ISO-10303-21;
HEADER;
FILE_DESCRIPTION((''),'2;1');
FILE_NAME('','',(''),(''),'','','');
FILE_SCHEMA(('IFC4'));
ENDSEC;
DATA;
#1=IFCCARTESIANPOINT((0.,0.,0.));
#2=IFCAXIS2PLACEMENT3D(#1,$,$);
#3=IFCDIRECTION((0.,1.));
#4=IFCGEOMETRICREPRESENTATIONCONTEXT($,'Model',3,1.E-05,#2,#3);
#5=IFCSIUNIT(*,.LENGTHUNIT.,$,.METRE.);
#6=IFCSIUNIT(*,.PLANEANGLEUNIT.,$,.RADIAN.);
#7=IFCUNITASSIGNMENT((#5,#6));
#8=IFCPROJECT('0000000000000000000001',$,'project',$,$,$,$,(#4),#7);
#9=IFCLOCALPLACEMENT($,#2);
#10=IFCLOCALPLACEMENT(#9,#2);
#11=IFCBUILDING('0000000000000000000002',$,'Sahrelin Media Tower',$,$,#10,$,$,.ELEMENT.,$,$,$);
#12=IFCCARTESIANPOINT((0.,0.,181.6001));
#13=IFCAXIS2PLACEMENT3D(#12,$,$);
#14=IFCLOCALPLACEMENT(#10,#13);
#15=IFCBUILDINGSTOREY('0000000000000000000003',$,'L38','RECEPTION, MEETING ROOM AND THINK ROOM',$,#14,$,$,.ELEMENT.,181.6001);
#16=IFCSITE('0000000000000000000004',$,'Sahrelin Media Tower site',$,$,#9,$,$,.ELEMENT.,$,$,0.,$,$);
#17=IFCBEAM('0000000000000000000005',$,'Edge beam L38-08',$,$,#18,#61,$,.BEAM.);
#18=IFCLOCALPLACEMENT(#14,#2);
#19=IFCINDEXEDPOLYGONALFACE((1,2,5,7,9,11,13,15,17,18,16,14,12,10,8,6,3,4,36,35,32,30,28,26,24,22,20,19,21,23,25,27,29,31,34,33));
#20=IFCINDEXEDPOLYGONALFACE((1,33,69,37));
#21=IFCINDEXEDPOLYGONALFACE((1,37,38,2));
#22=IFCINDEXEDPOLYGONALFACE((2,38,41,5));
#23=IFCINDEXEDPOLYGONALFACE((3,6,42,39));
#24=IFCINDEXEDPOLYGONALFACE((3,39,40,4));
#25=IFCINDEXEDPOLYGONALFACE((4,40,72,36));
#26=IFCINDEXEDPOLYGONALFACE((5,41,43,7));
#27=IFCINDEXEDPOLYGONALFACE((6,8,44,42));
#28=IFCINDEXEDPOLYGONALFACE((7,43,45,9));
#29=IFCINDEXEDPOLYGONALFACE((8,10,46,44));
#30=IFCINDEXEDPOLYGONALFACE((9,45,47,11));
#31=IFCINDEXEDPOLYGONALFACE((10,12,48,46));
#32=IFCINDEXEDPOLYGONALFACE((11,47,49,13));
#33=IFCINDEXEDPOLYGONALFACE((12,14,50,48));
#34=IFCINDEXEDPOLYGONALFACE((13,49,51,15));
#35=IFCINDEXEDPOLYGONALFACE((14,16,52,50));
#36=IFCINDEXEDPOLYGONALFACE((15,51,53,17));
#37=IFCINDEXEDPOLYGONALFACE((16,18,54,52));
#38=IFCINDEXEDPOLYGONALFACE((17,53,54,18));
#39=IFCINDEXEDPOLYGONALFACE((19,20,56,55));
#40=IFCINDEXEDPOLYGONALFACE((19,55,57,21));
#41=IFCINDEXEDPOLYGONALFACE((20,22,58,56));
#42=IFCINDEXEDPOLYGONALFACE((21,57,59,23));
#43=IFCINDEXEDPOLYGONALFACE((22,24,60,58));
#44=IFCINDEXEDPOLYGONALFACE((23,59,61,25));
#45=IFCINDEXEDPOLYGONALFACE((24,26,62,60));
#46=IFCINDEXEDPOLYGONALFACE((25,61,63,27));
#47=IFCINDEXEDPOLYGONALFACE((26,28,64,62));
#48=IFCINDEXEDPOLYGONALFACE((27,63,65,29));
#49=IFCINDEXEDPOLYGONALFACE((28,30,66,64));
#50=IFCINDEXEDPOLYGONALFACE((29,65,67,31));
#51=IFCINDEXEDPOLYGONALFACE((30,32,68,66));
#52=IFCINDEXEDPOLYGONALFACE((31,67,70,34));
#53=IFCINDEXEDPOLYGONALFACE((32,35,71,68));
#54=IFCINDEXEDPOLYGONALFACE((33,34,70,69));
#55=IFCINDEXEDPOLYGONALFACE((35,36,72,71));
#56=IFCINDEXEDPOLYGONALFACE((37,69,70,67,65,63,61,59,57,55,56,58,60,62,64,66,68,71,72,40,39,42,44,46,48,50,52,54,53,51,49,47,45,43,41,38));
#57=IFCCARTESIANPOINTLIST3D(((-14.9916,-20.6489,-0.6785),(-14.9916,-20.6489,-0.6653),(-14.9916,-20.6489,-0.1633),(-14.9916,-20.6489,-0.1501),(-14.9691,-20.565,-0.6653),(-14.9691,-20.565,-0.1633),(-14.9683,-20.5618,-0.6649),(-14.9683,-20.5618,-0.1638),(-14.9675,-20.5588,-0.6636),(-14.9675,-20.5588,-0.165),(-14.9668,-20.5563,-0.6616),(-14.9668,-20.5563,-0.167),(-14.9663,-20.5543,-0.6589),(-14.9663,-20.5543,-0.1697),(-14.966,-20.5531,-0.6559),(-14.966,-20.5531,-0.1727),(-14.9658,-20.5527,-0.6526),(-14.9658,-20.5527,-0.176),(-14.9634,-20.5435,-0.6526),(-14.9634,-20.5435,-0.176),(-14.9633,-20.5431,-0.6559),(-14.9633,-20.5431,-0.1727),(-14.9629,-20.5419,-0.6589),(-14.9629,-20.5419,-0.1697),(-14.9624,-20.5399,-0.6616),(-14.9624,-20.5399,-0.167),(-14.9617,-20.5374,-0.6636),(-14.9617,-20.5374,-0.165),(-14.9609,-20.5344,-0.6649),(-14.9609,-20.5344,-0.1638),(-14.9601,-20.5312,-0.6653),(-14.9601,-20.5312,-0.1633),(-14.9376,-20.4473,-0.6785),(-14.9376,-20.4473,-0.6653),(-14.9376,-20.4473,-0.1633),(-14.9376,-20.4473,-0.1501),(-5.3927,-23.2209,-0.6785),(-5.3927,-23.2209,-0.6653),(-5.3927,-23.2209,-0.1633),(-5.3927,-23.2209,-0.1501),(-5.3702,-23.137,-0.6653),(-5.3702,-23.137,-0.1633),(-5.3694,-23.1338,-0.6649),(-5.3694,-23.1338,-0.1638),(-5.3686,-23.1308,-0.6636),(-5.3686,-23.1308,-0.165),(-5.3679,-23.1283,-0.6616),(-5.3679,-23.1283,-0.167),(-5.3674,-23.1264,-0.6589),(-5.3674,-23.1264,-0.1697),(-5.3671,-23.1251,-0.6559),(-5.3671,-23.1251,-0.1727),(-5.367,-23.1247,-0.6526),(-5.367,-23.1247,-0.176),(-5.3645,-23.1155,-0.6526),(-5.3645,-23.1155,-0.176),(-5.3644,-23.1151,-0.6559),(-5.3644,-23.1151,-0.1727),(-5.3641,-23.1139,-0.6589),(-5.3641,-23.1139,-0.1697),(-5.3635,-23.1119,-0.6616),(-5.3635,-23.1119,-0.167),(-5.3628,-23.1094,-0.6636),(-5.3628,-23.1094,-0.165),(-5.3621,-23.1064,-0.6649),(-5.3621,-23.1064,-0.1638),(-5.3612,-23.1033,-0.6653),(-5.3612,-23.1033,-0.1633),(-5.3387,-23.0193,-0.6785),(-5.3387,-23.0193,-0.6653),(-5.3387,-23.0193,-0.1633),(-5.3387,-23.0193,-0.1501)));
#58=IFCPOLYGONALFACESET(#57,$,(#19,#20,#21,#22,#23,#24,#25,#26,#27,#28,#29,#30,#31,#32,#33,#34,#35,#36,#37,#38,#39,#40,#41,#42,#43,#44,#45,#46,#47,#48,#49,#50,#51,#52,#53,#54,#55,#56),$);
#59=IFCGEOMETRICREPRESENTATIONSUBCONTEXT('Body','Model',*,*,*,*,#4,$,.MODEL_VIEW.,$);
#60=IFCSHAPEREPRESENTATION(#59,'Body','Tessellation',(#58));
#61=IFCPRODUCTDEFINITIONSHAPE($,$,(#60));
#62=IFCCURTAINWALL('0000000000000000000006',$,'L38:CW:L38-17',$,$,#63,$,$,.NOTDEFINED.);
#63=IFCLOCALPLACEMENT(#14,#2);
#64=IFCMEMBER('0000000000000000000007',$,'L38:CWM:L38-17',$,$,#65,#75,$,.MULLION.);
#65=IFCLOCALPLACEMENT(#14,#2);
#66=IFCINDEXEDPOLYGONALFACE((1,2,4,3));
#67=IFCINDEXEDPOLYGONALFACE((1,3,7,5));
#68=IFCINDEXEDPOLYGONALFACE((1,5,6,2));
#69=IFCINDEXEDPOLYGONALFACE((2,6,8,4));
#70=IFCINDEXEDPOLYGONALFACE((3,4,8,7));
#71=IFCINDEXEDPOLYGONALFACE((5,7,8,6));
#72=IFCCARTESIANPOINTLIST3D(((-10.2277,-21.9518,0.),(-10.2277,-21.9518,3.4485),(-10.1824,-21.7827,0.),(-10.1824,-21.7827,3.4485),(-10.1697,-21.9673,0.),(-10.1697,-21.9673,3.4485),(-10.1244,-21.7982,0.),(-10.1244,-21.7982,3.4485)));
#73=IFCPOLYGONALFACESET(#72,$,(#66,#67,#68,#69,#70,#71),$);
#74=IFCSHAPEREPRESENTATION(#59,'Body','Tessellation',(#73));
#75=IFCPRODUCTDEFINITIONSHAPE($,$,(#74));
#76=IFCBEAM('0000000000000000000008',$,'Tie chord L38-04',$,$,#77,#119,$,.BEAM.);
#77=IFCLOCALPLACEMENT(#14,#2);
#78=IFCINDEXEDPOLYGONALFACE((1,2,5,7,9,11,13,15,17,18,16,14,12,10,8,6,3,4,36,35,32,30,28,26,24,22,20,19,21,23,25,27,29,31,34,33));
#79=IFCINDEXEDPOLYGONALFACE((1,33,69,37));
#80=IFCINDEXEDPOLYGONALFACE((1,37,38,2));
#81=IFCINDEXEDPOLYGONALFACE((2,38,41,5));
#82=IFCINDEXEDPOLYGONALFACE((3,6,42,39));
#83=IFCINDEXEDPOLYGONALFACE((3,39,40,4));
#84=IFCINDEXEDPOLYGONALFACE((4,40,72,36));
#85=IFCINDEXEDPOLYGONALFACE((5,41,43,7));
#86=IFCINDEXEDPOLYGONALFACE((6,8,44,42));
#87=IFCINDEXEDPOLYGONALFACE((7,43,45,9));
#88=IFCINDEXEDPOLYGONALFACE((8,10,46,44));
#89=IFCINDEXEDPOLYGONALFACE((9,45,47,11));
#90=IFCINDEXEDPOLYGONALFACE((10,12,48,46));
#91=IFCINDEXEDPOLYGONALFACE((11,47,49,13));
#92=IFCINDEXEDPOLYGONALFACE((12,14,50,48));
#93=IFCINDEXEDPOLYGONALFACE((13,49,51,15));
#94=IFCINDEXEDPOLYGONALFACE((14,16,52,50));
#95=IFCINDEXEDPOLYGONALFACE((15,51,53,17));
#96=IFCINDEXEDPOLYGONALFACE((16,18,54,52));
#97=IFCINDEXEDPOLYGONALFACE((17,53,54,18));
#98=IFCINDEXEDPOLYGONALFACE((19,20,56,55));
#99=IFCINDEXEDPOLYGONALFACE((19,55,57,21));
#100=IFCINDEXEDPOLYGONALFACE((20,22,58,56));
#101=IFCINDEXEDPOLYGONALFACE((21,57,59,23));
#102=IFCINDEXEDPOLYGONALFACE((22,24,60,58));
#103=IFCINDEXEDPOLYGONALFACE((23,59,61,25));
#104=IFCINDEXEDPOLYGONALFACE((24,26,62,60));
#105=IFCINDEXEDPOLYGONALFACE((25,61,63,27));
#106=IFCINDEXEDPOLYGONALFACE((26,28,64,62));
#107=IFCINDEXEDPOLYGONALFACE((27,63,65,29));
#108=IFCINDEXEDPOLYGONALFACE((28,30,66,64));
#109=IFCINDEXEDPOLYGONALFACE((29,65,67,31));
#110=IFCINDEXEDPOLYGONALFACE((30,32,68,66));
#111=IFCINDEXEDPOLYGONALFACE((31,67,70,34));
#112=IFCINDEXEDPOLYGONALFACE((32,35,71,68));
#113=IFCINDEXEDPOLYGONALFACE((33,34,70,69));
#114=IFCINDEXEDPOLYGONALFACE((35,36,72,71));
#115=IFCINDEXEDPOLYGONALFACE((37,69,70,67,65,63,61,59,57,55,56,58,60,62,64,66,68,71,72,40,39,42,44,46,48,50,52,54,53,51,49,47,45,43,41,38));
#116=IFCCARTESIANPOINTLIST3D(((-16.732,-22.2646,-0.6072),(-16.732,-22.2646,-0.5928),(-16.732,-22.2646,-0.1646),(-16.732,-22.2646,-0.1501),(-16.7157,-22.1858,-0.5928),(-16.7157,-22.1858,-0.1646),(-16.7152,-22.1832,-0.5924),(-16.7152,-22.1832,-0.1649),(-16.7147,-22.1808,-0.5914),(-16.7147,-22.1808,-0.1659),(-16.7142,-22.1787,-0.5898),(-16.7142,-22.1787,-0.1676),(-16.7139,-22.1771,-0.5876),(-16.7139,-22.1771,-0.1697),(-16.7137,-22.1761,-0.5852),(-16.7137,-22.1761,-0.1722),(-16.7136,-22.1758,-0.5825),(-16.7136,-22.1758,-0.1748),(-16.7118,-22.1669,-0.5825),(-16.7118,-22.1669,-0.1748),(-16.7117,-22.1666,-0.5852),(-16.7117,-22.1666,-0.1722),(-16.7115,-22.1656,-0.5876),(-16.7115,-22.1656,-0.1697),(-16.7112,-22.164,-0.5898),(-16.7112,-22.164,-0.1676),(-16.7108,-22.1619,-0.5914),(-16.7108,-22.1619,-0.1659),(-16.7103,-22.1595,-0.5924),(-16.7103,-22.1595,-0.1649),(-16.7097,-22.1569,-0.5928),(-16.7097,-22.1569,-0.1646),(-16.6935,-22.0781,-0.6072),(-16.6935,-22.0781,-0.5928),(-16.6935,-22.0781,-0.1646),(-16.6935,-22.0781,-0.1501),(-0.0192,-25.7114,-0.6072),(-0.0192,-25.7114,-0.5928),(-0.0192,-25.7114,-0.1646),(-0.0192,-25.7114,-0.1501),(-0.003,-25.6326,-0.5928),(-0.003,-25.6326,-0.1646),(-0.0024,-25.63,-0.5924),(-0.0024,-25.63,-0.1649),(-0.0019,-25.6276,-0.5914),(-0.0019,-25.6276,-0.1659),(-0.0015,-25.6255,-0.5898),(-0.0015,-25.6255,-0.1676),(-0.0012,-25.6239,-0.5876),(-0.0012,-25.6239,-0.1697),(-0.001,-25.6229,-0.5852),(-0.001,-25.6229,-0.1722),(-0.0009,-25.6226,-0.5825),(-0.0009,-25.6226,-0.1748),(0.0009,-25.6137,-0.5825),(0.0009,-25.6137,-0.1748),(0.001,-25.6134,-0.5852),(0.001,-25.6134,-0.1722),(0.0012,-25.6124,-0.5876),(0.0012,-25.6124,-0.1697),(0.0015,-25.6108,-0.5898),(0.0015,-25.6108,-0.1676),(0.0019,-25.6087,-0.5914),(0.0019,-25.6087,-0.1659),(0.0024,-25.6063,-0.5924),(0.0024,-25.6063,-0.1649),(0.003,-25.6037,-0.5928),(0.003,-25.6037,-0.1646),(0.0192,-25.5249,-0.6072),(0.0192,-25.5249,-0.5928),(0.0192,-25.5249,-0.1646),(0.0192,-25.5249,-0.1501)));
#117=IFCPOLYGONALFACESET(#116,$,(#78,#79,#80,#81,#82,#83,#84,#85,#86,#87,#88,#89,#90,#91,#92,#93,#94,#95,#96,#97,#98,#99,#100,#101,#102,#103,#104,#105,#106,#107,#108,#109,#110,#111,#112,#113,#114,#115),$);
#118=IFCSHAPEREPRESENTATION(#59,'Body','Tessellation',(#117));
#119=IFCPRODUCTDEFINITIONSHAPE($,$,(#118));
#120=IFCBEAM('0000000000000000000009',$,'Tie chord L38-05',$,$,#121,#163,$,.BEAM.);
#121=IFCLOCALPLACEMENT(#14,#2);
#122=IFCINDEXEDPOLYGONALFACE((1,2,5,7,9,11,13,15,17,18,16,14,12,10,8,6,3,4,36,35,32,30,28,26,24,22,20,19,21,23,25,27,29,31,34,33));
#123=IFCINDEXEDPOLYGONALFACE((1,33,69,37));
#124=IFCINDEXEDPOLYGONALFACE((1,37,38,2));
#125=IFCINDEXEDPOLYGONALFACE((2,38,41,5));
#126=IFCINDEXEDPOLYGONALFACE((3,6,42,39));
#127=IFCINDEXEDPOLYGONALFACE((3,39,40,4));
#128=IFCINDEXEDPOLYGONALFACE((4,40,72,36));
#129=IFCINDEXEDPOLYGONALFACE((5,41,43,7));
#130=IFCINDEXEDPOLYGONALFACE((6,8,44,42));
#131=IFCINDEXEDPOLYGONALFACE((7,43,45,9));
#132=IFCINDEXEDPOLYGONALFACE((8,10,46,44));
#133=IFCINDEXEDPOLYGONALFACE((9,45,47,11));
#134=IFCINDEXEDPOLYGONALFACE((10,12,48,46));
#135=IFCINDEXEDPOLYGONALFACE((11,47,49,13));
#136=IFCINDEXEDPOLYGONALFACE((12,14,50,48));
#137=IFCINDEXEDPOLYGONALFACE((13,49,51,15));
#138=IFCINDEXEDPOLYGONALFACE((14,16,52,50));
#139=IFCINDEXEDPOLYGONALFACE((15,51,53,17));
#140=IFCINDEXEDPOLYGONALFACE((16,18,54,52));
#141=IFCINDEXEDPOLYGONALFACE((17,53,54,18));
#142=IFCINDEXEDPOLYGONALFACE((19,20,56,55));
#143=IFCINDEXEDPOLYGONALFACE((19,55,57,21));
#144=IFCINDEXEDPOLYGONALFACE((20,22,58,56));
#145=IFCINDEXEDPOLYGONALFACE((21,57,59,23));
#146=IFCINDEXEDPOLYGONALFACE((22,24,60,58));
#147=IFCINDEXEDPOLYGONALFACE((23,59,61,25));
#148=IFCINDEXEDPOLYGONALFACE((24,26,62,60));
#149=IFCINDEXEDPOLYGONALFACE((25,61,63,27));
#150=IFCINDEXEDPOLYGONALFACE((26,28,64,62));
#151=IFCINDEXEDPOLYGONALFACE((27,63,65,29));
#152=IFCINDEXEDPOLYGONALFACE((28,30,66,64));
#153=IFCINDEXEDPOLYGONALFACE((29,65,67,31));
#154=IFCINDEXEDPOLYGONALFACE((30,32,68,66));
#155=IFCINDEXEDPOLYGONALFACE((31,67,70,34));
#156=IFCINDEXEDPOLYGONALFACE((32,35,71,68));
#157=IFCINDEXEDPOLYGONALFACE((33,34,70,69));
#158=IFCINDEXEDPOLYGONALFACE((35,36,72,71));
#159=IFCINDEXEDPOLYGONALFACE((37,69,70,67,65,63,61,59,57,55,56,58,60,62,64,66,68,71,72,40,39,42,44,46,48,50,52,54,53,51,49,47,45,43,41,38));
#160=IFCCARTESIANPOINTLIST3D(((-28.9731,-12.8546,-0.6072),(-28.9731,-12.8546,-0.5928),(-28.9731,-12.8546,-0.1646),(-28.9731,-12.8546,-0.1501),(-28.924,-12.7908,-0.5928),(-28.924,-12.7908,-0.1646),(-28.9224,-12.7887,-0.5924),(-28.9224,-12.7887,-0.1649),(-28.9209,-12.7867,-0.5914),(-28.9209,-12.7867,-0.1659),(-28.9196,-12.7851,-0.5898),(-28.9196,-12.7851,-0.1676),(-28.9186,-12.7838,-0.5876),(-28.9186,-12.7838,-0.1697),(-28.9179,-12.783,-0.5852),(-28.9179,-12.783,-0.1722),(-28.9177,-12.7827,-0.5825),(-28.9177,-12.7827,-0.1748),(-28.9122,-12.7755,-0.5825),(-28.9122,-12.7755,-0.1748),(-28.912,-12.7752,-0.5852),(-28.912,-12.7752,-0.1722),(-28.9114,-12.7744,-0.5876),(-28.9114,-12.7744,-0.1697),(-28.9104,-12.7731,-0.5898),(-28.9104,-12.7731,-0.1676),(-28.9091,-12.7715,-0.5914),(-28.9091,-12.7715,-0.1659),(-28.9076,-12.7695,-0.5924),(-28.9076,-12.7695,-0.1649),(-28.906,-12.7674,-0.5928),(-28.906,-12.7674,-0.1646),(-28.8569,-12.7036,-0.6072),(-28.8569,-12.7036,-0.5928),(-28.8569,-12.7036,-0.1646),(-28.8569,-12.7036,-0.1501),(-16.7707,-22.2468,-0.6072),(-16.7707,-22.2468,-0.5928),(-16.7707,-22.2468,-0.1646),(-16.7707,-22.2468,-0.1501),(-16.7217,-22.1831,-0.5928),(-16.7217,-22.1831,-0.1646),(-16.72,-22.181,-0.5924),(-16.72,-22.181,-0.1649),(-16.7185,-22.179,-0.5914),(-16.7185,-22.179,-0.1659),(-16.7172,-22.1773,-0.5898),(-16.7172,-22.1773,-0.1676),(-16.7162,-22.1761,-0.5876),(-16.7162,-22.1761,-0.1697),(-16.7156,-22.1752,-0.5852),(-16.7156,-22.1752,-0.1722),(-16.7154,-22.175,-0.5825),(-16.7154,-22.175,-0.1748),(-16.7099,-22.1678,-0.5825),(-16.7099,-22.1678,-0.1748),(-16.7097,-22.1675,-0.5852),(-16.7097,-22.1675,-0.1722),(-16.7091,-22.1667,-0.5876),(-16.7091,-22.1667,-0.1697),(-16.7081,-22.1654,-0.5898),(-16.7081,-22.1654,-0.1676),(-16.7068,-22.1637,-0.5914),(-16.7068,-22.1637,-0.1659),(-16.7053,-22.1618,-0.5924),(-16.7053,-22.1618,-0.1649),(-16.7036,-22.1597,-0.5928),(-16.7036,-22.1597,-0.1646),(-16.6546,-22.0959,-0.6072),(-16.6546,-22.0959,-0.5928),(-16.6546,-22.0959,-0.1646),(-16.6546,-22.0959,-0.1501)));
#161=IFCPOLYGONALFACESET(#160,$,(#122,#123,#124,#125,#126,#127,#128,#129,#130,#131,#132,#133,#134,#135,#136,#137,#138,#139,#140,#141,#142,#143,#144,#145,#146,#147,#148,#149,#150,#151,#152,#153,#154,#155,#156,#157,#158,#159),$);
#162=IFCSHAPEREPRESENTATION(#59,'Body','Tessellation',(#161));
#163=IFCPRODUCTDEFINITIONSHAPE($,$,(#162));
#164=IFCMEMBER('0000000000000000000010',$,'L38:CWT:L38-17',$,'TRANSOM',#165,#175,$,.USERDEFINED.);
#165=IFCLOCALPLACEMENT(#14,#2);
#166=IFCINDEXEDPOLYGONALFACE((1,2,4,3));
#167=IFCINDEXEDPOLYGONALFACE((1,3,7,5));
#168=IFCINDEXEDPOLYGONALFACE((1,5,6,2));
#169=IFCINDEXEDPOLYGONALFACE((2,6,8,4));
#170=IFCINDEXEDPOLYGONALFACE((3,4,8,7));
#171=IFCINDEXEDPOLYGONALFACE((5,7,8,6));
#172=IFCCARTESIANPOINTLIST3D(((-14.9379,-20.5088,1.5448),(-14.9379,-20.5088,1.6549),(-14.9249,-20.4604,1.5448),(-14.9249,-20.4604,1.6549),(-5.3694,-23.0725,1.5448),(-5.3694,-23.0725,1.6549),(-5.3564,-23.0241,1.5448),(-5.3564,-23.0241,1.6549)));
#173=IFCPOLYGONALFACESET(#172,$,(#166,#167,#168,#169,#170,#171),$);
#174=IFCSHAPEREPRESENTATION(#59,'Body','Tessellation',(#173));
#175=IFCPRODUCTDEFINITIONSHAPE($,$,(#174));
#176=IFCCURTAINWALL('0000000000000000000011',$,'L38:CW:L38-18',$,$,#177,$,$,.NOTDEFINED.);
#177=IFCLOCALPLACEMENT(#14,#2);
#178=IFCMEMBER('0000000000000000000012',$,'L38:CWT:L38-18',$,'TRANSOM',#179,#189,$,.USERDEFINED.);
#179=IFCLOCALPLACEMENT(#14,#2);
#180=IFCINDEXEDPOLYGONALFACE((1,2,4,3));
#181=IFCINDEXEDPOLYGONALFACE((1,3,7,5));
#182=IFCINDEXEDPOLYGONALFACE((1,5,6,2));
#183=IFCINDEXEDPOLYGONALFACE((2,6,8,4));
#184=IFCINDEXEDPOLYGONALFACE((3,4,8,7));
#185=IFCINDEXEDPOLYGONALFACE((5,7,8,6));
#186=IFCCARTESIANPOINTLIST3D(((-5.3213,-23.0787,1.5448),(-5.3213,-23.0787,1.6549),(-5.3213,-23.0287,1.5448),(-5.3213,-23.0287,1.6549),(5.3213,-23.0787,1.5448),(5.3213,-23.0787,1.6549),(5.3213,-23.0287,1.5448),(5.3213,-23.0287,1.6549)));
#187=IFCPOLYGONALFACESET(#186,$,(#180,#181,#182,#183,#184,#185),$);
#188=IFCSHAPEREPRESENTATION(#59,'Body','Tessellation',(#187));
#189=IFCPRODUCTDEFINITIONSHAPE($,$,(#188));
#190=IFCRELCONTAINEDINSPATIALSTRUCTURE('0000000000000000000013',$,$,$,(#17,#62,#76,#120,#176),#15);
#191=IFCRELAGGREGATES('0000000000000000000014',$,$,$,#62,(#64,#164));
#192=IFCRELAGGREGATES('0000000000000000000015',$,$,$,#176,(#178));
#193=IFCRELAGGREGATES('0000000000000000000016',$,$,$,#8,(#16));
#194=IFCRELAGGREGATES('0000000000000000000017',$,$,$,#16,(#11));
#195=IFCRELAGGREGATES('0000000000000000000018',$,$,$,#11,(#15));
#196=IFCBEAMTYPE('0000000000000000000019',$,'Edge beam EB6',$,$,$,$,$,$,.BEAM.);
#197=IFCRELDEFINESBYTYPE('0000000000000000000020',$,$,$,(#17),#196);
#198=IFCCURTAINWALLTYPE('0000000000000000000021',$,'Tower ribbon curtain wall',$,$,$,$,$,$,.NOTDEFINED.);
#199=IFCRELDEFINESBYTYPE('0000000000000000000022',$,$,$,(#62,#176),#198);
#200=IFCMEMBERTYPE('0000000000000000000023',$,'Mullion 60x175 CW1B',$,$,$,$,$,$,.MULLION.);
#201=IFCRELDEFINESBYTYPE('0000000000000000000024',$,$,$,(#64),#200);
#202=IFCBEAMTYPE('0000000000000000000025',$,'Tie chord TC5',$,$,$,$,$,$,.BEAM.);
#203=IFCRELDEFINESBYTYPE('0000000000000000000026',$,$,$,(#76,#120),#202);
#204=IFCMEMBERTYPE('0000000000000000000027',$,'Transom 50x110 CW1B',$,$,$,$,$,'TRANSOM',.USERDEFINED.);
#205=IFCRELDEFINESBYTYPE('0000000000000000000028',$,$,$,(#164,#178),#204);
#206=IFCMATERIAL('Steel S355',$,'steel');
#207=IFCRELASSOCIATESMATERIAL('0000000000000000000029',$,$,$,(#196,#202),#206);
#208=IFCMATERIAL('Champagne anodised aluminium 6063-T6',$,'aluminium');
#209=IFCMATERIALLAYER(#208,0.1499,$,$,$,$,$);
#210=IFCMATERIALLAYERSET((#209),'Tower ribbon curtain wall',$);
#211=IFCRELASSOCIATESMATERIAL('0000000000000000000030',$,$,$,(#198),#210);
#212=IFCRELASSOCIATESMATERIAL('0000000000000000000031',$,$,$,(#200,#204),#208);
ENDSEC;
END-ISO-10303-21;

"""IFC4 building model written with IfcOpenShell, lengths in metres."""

from ifc_helpers import new_model, si_unit, direction, frame, origin, origin_2d, place, context, subcontext, project, spatial, rectangle, i_section, extrude, material, layer, layer_set, material_profile, profile_set, type_object, element, aggregate, save


model = new_model("IFC4")

# Units and contexts
model_context = context("Model", 3, precision=1e-05, world=origin(), true_north=direction((0.0, 1.0)))
body_context = subcontext(model_context, "Body", "Model", "MODEL_VIEW")
ifc_project = project(units=[si_unit("LENGTHUNIT", "METRE"), si_unit("PLANEANGLEUNIT", "RADIAN")], contexts=[model_context])

# Site, building, storey
site_placement = place(None, origin())
site = spatial("IfcSite", under=ifc_project, at=site_placement, Name="Sahrelin Media Tower site", CompositionType="ELEMENT", RefElevation=0.0)
building_placement = place(site_placement, origin())
building = spatial("IfcBuilding", under=site, at=building_placement, Name="Sahrelin Media Tower", CompositionType="ELEMENT")
storey_placement = place(building_placement, frame((0.0, 0.0, 181.6001)))
storey = spatial("IfcBuildingStorey", under=building, at=storey_placement, Name="L38", Description="RECEPTION, MEETING ROOM AND THINK ROOM", CompositionType="ELEMENT", Elevation=181.6001)

# Beam
ifc_material_1 = material(Name="Steel S355", Category="steel")
ifc_material_profile_1 = material_profile(ifc_material_1, i_section(OverallWidth=0.2087, OverallDepth=0.5283, WebThickness=0.0095, FlangeThickness=0.0132, FilletRadius=0.0127, at=origin_2d()), Name="UB 533x210x82")
ifc_profile_set_1 = profile_set([ifc_material_profile_1], Name="Steel S355")
beam_type_1 = type_object("IfcBeamType", Name="Edge beam EB6", PredefinedType="BEAM", material=ifc_profile_set_1)
beam_1_placement = place(storey_placement, frame((-5.3657, -23.1201, -0.4143), z_axis=(-0.965926, 0.25882, 0.0), x_axis=(-0.25882, -0.965926, 0.0)))
element("IfcBeam", 1, at=beam_1_placement, inside=storey, type_object=beam_type_1, Name="Edge beam L38-08", PredefinedType="BEAM", context=body_context, shape_type="SweptSolid", body=[
    extrude(i_section(OverallWidth=0.2087, OverallDepth=0.5283, WebThickness=0.0095, FlangeThickness=0.0132, FilletRadius=0.0127, at=origin_2d()), origin(), (0.0, 0.0, 1.0), 9.9375),
])

# Curtain wall, member
ifc_material_2 = material(Name="Champagne anodised aluminium 6063-T6", Category="aluminium")
ifc_layer_1 = layer(ifc_material_2, 0.1499)
ifc_layer_set_1 = layer_set([ifc_layer_1], Name="Tower ribbon curtain wall")
curtain_wall_type = type_object("IfcCurtainWallType", Name="Tower ribbon curtain wall", PredefinedType="NOTDEFINED", material=ifc_layer_set_1)
curtain_wall_1_placement = place(storey_placement, frame((-10.2039, -21.979, 0.0), z_axis=(0.0, 0.0, 1.0), x_axis=(1.0, 0.0, 0.0)))
curtain_wall_1 = element("IfcCurtainWall", 2, at=curtain_wall_1_placement, inside=storey, type_object=curtain_wall_type, Name="L38:CW:L38-17", PredefinedType="NOTDEFINED")
ifc_material_profile_2 = material_profile(ifc_material_2, rectangle(XDim=0.0601, YDim=0.175, at=origin_2d()), Name="Mullion 60x175")
ifc_profile_set_2 = profile_set([ifc_material_profile_2], Name="Champagne anodised aluminium 6063-T6")
member_type_1 = type_object("IfcMemberType", Name="Mullion 60x175 CW1B", PredefinedType="MULLION", material=ifc_profile_set_2)
member_1_placement = place(storey_placement, frame((-10.176, -21.875, 0.0), z_axis=(0.0, 0.0, 1.0), x_axis=(0.965927, -0.258814, 0.0)))
member_1 = element("IfcMember", 3, at=member_1_placement, type_object=member_type_1, Name="L38:CWM:L38-17", PredefinedType="MULLION", context=body_context, shape_type="SweptSolid", body=[
    extrude(rectangle(XDim=0.0601, YDim=0.175, at=origin_2d()), origin(), (0.0, 0.0, 1.0), 3.4485),
])

# Beams
ifc_material_profile_3 = material_profile(ifc_material_1, i_section(OverallWidth=0.1904, OverallDepth=0.457, WebThickness=0.009, FlangeThickness=0.0144, FilletRadius=0.0103, at=origin_2d()), Name="UB 457x191x74")
ifc_profile_set_3 = profile_set([ifc_material_profile_3], Name="Steel S355")
beam_type_2 = type_object("IfcBeamType", Name="Tie chord TC5", PredefinedType="BEAM", material=ifc_profile_set_3)
beam_2_placement = place(storey_placement, frame((0.0, -25.6182, -0.3787), z_axis=(-0.979388, 0.201987, 0.0), x_axis=(-0.201987, -0.979388, 0.0)))
element("IfcBeam", 4, at=beam_2_placement, inside=storey, type_object=beam_type_2, Name="Tie chord L38-04", PredefinedType="BEAM", context=body_context, shape_type="SweptSolid", body=[
    extrude(i_section(OverallWidth=0.1904, OverallDepth=0.457, WebThickness=0.009, FlangeThickness=0.0144, FilletRadius=0.0103, at=origin_2d()), origin(), (0.0, 0.0, 1.0), 17.0645),
])
beam_3_placement = place(storey_placement, frame((-16.7126, -22.1714, -0.3787), z_axis=(-0.792439, 0.609951, 0.0), x_axis=(-0.609951, -0.792439, 0.0)))
element("IfcBeam", 5, at=beam_3_placement, inside=storey, type_object=beam_type_2, Name="Tie chord L38-05", PredefinedType="BEAM", context=body_context, shape_type="SweptSolid", body=[
    extrude(i_section(OverallWidth=0.1904, OverallDepth=0.457, WebThickness=0.009, FlangeThickness=0.0144, FilletRadius=0.0103, at=origin_2d()), origin(), (0.0, 0.0, 1.0), 15.3984),
])

# Member
ifc_material_profile_4 = material_profile(ifc_material_2, rectangle(XDim=0.05, YDim=0.1101, at=origin_2d()), Name="Transom 50x110")
ifc_profile_set_4 = profile_set([ifc_material_profile_4], Name="Champagne anodised aluminium 6063-T6")
member_type_2 = type_object("IfcMemberType", Name="Transom 50x110 CW1B", ElementType="TRANSOM", PredefinedType="USERDEFINED", material=ifc_profile_set_4)
member_2_placement = place(storey_placement, frame((-14.9314, -20.4846, 1.5999), z_axis=(0.96593, -0.258802, 0.0), x_axis=(0.258802, 0.96593, 0.0)))
member_2 = element("IfcMember", 6, at=member_2_placement, type_object=member_type_2, Name="L38:CWT:L38-17", ObjectType="TRANSOM", PredefinedType="USERDEFINED", context=body_context, shape_type="SweptSolid", body=[
    extrude(rectangle(XDim=0.05, YDim=0.1101, at=origin_2d()), origin(), (0.0, 0.0, 1.0), 9.906),
])

# Curtain wall, member
curtain_wall_2_placement = place(storey_placement, frame((0.0, -23.2737, 0.0), z_axis=(0.0, 0.0, 1.0), x_axis=(1.0, 0.0, 0.0)))
curtain_wall_2 = element("IfcCurtainWall", 7, at=curtain_wall_2_placement, inside=storey, type_object=curtain_wall_type, Name="L38:CW:L38-18", PredefinedType="NOTDEFINED")
member_3_placement = place(storey_placement, frame((-5.3213, -23.0537, 1.5999), z_axis=(1.0, 0.0, 0.0), x_axis=(0.0, 1.0, 0.0)))
member_3 = element("IfcMember", 8, at=member_3_placement, type_object=member_type_2, Name="L38:CWT:L38-18", ObjectType="TRANSOM", PredefinedType="USERDEFINED", context=body_context, shape_type="SweptSolid", body=[
    extrude(rectangle(XDim=0.05, YDim=0.1101, at=origin_2d()), origin(), (0.0, 0.0, 1.0), 10.6426),
])

aggregate(curtain_wall_1, [member_1, member_2])
aggregate(curtain_wall_2, [member_3])

save(model, "model.ifc")
